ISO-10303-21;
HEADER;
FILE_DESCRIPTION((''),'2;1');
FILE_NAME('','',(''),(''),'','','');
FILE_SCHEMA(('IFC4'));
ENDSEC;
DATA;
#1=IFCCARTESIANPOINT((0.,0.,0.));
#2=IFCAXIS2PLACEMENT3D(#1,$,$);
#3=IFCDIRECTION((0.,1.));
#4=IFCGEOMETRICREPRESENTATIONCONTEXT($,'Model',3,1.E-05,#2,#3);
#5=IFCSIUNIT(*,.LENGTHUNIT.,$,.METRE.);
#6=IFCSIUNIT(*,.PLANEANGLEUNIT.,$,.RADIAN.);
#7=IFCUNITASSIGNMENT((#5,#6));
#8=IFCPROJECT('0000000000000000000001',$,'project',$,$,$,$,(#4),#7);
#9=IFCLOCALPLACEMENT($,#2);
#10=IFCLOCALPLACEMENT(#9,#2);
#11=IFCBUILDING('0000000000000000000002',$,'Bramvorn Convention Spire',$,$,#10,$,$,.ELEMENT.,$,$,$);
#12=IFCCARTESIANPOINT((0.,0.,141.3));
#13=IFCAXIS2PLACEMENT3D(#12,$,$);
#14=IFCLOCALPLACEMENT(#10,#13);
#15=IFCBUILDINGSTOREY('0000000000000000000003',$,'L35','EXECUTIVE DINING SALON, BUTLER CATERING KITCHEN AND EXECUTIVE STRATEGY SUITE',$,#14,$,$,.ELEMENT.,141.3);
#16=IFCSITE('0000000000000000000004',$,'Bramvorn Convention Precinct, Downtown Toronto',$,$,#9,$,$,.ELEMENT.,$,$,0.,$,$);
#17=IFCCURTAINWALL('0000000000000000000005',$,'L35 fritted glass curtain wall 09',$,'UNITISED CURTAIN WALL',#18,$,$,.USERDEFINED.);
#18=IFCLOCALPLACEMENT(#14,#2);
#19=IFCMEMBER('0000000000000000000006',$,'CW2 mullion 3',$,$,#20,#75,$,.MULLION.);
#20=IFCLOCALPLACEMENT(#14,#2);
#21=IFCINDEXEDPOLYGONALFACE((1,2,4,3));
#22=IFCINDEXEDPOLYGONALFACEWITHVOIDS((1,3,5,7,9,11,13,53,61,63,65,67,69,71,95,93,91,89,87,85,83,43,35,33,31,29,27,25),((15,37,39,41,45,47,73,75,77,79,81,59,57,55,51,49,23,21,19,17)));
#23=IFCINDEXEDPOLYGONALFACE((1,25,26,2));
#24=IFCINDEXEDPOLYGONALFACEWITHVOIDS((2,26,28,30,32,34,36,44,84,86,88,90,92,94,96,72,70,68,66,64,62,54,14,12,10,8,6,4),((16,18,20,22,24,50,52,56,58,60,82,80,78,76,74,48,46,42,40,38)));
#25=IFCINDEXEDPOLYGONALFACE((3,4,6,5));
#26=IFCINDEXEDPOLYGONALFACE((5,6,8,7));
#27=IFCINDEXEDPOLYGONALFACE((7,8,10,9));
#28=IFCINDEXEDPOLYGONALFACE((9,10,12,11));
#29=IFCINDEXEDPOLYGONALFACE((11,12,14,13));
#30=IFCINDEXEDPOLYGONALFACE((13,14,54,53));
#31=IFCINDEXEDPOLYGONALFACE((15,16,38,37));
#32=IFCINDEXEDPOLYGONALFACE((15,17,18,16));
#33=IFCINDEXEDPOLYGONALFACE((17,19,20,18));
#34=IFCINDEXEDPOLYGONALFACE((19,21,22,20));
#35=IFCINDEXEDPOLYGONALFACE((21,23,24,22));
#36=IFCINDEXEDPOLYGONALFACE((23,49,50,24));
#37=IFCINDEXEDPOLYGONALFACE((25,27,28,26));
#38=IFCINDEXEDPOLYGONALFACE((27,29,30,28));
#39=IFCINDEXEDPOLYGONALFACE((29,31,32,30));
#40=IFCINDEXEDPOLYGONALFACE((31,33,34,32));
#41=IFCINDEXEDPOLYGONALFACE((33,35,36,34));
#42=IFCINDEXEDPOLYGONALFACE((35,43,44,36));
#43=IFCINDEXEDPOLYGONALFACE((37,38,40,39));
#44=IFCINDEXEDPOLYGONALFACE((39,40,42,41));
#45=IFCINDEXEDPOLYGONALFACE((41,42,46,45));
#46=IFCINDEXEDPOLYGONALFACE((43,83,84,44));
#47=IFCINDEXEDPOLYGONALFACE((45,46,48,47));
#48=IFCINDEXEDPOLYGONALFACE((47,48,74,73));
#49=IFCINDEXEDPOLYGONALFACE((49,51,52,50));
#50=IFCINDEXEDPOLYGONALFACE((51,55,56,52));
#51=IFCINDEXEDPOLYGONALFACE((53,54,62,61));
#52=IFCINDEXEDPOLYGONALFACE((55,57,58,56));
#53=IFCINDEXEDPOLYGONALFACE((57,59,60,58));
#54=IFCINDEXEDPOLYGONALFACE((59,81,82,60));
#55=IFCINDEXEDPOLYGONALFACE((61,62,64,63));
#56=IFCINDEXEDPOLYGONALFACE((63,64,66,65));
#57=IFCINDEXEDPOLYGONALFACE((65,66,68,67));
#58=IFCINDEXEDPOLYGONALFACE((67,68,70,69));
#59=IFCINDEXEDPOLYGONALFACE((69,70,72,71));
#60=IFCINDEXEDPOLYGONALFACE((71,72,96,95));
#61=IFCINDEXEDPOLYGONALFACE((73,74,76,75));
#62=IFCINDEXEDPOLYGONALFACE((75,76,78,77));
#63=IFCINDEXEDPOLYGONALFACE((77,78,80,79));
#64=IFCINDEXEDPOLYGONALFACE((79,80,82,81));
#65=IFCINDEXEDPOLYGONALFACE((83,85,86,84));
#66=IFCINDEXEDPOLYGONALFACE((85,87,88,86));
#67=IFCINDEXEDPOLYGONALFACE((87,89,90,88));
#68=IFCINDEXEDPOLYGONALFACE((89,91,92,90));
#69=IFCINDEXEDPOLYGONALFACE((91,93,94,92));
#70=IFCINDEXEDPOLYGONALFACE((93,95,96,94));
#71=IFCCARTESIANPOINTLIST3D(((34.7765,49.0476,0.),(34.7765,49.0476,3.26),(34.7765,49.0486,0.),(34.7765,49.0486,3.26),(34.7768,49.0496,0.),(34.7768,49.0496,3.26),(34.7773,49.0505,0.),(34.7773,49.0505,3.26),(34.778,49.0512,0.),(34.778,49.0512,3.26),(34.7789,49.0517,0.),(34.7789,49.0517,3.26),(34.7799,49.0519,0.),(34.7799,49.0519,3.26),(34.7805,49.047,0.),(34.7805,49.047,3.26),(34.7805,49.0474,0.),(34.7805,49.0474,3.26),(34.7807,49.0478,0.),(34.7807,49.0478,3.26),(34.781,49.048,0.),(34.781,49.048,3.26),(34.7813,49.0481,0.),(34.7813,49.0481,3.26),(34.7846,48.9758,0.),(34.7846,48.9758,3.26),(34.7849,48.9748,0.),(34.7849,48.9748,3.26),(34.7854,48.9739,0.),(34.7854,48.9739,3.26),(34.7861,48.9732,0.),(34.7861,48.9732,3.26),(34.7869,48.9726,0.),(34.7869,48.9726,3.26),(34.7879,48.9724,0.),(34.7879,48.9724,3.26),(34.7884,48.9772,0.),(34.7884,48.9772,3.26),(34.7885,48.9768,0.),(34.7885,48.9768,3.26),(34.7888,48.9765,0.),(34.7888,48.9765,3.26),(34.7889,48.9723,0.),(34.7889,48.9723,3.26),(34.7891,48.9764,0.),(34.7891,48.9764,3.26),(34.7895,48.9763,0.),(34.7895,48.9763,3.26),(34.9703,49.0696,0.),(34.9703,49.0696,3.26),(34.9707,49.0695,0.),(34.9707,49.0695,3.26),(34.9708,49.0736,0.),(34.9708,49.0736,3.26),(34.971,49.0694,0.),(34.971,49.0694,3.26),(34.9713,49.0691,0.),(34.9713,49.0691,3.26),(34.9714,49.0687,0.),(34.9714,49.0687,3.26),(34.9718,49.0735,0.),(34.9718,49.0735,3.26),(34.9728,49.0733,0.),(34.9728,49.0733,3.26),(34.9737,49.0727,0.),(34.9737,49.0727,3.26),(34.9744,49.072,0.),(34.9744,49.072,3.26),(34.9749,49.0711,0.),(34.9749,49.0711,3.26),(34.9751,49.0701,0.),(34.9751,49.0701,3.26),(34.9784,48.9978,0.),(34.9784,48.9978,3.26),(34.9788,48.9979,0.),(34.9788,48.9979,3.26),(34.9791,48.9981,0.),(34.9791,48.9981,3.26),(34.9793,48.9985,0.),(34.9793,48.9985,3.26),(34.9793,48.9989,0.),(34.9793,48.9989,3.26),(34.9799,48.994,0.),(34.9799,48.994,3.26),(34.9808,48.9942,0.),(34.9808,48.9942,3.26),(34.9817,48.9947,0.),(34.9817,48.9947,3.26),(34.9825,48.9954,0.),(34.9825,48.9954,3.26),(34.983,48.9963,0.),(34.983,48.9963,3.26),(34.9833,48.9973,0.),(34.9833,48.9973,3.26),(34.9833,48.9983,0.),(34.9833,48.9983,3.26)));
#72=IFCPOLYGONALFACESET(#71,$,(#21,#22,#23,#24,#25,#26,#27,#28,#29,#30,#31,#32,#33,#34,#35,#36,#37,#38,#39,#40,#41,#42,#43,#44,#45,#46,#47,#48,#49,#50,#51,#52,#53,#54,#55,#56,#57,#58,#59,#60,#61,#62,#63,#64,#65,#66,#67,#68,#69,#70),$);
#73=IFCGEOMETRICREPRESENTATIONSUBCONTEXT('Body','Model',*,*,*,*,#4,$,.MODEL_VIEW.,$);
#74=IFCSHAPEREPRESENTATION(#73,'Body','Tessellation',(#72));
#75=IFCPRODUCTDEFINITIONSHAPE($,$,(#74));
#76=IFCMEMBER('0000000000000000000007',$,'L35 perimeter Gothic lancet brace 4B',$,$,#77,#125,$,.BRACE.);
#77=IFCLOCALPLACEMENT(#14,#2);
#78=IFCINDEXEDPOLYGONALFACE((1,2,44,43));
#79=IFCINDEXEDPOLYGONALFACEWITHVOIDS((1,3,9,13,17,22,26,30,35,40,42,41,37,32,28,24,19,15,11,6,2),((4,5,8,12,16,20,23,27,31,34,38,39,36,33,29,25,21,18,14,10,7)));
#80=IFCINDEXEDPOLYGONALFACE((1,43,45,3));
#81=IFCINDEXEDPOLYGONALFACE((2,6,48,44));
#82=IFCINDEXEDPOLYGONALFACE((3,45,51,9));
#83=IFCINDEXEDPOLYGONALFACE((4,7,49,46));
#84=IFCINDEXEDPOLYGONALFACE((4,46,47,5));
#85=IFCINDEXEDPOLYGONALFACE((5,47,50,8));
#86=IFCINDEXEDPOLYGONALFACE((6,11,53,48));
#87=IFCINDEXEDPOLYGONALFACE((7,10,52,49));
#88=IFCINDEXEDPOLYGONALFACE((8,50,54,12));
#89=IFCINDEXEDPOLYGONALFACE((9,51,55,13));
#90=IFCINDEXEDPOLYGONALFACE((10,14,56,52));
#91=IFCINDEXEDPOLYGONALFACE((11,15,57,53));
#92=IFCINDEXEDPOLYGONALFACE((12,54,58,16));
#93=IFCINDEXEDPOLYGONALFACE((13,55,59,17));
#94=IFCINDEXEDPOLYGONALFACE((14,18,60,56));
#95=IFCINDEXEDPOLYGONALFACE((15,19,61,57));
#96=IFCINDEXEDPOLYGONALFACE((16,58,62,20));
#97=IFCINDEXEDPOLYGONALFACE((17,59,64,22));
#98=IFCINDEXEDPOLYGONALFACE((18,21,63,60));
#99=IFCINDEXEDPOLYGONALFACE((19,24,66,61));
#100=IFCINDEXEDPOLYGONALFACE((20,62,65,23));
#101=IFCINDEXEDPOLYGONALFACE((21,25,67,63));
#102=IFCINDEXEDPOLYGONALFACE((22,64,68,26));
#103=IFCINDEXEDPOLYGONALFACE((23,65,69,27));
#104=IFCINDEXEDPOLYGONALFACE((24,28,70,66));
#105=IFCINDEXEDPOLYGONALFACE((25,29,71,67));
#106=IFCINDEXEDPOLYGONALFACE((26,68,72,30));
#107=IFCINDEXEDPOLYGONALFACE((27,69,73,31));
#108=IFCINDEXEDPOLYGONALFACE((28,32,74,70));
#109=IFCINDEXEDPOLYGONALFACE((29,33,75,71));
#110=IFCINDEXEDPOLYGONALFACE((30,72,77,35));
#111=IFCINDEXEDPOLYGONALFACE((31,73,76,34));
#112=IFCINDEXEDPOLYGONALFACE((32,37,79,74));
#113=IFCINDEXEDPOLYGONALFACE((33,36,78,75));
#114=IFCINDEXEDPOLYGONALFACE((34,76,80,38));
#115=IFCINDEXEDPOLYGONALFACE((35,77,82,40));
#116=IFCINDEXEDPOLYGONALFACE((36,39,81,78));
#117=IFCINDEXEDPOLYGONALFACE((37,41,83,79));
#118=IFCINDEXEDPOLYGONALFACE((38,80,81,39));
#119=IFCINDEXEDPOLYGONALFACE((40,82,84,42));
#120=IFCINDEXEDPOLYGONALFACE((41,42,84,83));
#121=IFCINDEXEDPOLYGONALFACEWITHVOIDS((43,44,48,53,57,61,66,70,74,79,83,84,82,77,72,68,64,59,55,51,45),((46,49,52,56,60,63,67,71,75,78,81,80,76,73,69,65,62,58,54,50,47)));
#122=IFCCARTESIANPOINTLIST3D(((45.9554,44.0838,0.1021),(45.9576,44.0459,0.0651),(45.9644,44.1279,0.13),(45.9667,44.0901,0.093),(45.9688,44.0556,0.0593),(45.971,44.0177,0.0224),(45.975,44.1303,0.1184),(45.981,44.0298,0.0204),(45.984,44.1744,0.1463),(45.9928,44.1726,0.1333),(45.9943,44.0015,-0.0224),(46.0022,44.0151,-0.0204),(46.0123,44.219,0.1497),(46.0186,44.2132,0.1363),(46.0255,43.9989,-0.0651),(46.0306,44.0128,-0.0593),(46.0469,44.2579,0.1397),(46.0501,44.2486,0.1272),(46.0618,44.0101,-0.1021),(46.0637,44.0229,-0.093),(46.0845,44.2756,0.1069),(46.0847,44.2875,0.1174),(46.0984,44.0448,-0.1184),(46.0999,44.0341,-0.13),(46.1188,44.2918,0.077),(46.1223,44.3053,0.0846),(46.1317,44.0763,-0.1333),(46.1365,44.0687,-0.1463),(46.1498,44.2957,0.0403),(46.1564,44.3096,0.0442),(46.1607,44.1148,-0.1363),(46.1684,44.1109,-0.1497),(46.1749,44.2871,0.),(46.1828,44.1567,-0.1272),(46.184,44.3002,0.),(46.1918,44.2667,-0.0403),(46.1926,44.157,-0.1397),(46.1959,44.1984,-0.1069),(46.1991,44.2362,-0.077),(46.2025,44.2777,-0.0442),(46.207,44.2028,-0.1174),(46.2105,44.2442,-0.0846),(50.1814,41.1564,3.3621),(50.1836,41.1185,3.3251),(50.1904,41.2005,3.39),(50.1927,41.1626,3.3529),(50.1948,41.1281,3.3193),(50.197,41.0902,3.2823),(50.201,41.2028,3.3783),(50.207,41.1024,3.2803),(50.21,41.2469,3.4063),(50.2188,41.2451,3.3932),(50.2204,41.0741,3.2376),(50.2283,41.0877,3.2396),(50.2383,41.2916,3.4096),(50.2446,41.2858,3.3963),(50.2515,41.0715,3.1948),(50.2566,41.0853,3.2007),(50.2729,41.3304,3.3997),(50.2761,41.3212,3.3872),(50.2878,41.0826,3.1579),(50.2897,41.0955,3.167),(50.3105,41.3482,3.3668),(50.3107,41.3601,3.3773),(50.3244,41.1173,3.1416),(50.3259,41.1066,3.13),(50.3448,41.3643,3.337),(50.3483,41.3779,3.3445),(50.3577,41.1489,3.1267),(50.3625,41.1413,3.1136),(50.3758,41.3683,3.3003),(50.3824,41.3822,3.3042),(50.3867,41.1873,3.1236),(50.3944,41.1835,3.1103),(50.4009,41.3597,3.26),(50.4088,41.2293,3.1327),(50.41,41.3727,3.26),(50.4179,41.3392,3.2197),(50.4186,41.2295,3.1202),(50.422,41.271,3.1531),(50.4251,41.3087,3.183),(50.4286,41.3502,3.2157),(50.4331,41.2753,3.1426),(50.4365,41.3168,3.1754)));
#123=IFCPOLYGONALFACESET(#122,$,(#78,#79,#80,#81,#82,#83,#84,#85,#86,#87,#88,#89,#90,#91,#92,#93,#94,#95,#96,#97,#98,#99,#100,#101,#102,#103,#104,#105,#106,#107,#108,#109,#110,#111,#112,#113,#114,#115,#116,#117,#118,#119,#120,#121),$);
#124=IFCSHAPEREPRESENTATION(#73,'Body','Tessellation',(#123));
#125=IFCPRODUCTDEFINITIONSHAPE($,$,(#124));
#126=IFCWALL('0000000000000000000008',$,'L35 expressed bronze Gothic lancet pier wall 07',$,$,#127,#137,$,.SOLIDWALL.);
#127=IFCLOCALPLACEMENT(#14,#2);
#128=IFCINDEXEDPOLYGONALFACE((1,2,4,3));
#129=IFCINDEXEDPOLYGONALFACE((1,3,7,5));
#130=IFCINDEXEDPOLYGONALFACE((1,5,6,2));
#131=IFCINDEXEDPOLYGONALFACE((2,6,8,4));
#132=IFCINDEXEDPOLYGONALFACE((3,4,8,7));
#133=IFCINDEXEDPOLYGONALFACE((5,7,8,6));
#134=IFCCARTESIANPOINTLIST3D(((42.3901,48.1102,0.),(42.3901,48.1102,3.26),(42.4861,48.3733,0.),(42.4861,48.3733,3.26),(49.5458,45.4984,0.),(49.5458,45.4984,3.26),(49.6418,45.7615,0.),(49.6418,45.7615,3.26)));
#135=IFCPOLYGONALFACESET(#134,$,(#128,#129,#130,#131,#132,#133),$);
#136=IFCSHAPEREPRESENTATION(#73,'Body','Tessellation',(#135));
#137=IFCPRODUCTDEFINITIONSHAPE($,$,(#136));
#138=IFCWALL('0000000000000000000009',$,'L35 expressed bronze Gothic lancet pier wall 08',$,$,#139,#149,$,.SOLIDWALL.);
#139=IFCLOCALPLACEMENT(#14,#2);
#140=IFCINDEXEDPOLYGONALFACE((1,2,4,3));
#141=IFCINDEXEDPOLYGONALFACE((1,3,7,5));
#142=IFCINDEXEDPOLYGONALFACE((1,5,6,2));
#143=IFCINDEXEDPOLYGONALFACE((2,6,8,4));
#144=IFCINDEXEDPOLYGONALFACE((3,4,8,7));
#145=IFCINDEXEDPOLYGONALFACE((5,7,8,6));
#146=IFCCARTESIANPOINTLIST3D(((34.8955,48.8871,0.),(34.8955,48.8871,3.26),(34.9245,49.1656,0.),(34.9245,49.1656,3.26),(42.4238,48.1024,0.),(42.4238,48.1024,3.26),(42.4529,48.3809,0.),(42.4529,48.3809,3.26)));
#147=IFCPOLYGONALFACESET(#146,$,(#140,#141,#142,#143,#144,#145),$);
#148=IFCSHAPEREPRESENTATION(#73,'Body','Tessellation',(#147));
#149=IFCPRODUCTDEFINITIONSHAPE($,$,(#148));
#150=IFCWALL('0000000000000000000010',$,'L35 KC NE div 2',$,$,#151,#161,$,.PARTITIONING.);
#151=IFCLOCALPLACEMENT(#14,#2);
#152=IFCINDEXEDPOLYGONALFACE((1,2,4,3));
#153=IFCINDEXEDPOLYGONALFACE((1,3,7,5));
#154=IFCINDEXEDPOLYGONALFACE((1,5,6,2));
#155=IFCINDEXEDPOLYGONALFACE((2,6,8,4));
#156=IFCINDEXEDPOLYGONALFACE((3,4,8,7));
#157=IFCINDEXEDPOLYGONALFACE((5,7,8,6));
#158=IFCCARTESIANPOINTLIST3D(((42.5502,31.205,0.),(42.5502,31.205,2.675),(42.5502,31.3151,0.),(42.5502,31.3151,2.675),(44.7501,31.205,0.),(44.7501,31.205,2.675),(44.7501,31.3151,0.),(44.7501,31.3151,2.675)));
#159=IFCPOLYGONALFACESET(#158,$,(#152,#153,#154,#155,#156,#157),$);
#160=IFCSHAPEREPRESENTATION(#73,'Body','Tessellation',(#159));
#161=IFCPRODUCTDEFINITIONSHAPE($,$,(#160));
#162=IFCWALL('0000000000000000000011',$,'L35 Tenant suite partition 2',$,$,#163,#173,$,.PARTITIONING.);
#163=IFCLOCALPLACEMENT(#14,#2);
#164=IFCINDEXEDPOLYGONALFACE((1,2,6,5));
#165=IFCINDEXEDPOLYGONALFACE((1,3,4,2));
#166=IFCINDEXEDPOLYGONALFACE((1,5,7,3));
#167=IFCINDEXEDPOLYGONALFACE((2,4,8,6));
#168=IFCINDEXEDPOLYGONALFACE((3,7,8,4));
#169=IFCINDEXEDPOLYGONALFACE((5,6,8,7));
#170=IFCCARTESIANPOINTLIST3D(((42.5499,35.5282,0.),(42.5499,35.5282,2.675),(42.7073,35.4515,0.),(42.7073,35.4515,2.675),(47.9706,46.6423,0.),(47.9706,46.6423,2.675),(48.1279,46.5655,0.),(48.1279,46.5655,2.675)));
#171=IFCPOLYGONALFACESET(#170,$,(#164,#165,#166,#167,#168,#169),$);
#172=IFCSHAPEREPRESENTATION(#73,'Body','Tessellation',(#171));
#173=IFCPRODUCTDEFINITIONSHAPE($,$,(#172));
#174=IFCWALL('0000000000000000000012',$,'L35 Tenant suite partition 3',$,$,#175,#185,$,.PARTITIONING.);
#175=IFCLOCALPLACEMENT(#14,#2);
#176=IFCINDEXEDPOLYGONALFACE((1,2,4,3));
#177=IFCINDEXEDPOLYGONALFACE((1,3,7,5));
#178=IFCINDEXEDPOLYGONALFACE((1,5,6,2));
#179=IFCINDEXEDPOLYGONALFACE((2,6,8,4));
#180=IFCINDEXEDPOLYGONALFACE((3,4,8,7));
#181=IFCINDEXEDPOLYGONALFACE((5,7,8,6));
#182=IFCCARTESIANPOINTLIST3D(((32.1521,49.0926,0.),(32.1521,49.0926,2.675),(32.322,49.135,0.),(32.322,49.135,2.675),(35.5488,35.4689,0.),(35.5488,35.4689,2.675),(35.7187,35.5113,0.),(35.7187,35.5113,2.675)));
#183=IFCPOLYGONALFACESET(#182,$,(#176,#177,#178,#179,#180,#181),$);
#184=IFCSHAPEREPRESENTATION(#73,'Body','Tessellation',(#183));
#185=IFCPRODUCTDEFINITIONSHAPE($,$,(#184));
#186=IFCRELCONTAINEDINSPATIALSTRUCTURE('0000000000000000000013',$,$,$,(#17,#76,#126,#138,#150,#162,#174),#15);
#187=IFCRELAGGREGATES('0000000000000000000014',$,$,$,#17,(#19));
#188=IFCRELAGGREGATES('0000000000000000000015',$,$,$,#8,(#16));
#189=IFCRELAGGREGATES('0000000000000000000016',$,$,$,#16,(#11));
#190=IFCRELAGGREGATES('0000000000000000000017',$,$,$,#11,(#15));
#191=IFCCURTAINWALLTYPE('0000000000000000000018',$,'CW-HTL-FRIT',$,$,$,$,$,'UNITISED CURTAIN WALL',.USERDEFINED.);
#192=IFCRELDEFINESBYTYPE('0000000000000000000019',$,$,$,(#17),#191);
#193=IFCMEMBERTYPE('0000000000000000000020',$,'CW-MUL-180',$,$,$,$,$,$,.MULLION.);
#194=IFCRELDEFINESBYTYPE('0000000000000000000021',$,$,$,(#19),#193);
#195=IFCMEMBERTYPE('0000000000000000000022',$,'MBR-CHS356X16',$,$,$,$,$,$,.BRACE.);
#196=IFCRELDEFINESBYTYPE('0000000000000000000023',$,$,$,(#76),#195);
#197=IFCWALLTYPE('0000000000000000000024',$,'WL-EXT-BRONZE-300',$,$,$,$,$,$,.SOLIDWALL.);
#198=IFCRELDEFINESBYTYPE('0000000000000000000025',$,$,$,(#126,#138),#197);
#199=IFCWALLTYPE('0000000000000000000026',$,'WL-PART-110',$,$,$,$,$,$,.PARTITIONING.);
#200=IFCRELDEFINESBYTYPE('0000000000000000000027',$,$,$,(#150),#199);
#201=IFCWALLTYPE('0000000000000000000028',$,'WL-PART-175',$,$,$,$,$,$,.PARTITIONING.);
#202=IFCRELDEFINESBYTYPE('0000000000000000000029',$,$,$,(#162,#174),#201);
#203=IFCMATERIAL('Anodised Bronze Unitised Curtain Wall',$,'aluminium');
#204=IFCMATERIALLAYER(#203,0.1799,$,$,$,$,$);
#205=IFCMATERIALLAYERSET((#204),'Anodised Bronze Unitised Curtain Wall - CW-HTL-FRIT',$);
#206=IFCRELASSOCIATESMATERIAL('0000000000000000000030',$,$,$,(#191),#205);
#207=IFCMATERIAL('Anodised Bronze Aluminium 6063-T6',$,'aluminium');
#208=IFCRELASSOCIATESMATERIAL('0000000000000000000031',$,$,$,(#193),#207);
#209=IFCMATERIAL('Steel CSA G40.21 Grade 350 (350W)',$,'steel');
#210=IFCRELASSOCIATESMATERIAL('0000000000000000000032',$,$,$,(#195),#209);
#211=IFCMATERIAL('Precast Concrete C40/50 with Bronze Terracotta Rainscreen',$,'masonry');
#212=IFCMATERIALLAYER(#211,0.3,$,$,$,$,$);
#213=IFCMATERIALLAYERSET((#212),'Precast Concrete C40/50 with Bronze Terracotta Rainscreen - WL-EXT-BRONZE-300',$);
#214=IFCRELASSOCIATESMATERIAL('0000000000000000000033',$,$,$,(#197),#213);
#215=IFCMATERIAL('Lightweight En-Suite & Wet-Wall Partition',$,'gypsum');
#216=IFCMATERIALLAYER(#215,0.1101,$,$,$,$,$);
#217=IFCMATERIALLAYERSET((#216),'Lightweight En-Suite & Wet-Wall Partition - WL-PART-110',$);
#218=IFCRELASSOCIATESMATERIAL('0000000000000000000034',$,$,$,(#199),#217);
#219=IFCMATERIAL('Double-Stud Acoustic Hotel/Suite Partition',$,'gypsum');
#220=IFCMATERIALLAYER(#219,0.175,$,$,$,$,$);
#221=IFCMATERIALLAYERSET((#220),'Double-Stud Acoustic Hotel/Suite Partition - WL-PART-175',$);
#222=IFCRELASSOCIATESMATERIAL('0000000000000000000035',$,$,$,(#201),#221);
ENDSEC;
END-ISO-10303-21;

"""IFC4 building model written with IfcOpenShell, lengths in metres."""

from ifc_helpers import new_model, si_unit, direction, frame, frame_2d, origin, origin_2d, place, context, subcontext, project, spatial, rectangle, hollow_rectangle, hollow_circle, extrude, material, layer, layer_set, material_profile, profile_set, type_object, element, aggregate, save


model = new_model("IFC4")

# Units and contexts
model_context = context("Model", 3, precision=1e-05, world=origin(), true_north=direction((0.0, 1.0)))
body_context = subcontext(model_context, "Body", "Model", "MODEL_VIEW")
ifc_project = project(units=[si_unit("LENGTHUNIT", "METRE"), si_unit("PLANEANGLEUNIT", "RADIAN")], contexts=[model_context])

# Site, building, storey
site_placement = place(None, origin())
site = spatial("IfcSite", under=ifc_project, at=site_placement, Name="Bramvorn Convention Precinct, Downtown Toronto", CompositionType="ELEMENT", RefElevation=0.0)
building_placement = place(site_placement, origin())
building = spatial("IfcBuilding", under=site, at=building_placement, Name="Bramvorn Convention Spire", CompositionType="ELEMENT")
storey_placement = place(building_placement, frame((0.0, 0.0, 141.3)))
storey = spatial("IfcBuildingStorey", under=building, at=storey_placement, Name="L35", Description="EXECUTIVE DINING SALON, BUTLER CATERING KITCHEN AND EXECUTIVE STRATEGY SUITE", CompositionType="ELEMENT", Elevation=141.3)

# Shared definitions
ifc_material_1 = material(Name="Steel CSA G40.21 Grade 350 (350W)", Category="steel")

# Curtain wall, member
ifc_material_2 = material(Name="Anodised Bronze Unitised Curtain Wall", Category="aluminium")
ifc_layer_1 = layer(ifc_material_2, 0.1799)
ifc_layer_set_1 = layer_set([ifc_layer_1], Name="Anodised Bronze Unitised Curtain Wall - CW-HTL-FRIT")
curtain_wall_type = type_object("IfcCurtainWallType", Name="CW-HTL-FRIT", ElementType="UNITISED CURTAIN WALL", PredefinedType="USERDEFINED", material=ifc_layer_set_1)
curtain_wall_placement = place(storey_placement, origin())
curtain_wall = element("IfcCurtainWall", 1, at=curtain_wall_placement, inside=storey, type_object=curtain_wall_type, Name="L35 fritted glass curtain wall 09", ObjectType="UNITISED CURTAIN WALL", PredefinedType="USERDEFINED")
ifc_material_3 = material(Name="Anodised Bronze Aluminium 6063-T6", Category="aluminium")
ifc_material_profile_1 = material_profile(ifc_material_3, hollow_rectangle(XDim=0.0801, YDim=0.2, WallThickness=0.0039, InnerFilletRadius=0.001, OuterFilletRadius=0.0039, at=origin_2d()))
ifc_profile_set_1 = profile_set([ifc_material_profile_1], Name="Anodised Bronze Aluminium 6063-T6 - CWM80X200")
member_type_1 = type_object("IfcMemberType", Name="CW-MUL-180", PredefinedType="MULLION", material=ifc_profile_set_1)
member_1_placement = place(storey_placement, frame((34.8799, 49.0229, 0.0), z_axis=(0.0, 0.0, 1.0), x_axis=(-0.11277, 0.993621, 0.0)))
member_1 = element("IfcMember", 2, at=member_1_placement, type_object=member_type_1, Name="CW2 mullion 3", PredefinedType="MULLION", context=body_context, shape_type="SweptSolid", body=[
    extrude(hollow_rectangle(XDim=0.0801, YDim=0.2, WallThickness=0.0039, InnerFilletRadius=0.001, OuterFilletRadius=0.0039, at=origin_2d()), origin(), (0.0, 0.0, 1.0), 3.26),
])
aggregate(curtain_wall, [member_1])

# Member
ifc_material_profile_2 = material_profile(ifc_material_1, hollow_circle(Radius=0.1777, WallThickness=0.0159, at=origin_2d()))
ifc_profile_set_2 = profile_set([ifc_material_profile_2], Name="Steel CSA G40.21 Grade 350 (350W) - CHS356X16")
member_type_2 = type_object("IfcMemberType", Name="MBR-CHS356X16", PredefinedType="BRACE", material=ifc_profile_set_2)
member_2_placement = place(storey_placement, frame((46.0828, 44.1541, 0.0), z_axis=(0.694222, -0.480902, 0.535526), x_axis=(0.56944, 0.822033, 0.0)))
element("IfcMember", 3, at=member_2_placement, inside=storey, type_object=member_type_2, Name="L35 perimeter Gothic lancet brace 4B", PredefinedType="BRACE", context=body_context, shape_type="SweptSolid", body=[
    extrude(hollow_circle(Radius=0.1777, WallThickness=0.0159, at=origin_2d()), origin(), (0.0, 0.0, 1.0), 6.0874),
])

# Walls
ifc_material_4 = material(Name="Precast Concrete C40/50 with Bronze Terracotta Rainscreen", Category="masonry")
ifc_layer_2 = layer(ifc_material_4, 0.3)
ifc_layer_set_2 = layer_set([ifc_layer_2], Name="Precast Concrete C40/50 with Bronze Terracotta Rainscreen - WL-EXT-BRONZE-300")
wall_type_1 = type_object("IfcWallType", Name="WL-EXT-BRONZE-300", PredefinedType="SOLIDWALL", material=ifc_layer_set_2)
wall_1_placement = place(storey_placement, frame((42.4382, 48.2417, 0.0), z_axis=(0.0, 0.0, 1.0), x_axis=(0.939383, -0.34287, 0.0)))
element("IfcWall", 4, at=wall_1_placement, inside=storey, type_object=wall_type_1, Name="L35 expressed bronze Gothic lancet pier wall 07", PredefinedType="SOLIDWALL", context=body_context, shape_type="SweptSolid", body=[
    extrude(rectangle(XDim=7.6174, YDim=0.28, at=frame_2d((3.8086, 0.0))), origin(), (0.0, 0.0, 1.0), 3.26),
])
wall_2_placement = place(storey_placement, frame((34.9099, 49.0264, 0.0), z_axis=(0.0, 0.0, 1.0), x_axis=(0.994612, -0.103667, 0.0)))
element("IfcWall", 5, at=wall_2_placement, inside=storey, type_object=wall_type_1, Name="L35 expressed bronze Gothic lancet pier wall 08", PredefinedType="SOLIDWALL", context=body_context, shape_type="SweptSolid", body=[
    extrude(rectangle(XDim=7.5691, YDim=0.28, at=frame_2d((3.7847, 0.0))), origin(), (0.0, 0.0, 1.0), 3.26),
])
ifc_material_5 = material(Name="Lightweight En-Suite & Wet-Wall Partition", Category="gypsum")
ifc_layer_3 = layer(ifc_material_5, 0.1101)
ifc_layer_set_3 = layer_set([ifc_layer_3], Name="Lightweight En-Suite & Wet-Wall Partition - WL-PART-110")
wall_type_2 = type_object("IfcWallType", Name="WL-PART-110", PredefinedType="PARTITIONING", material=ifc_layer_set_3)
wall_3_placement = place(storey_placement, frame((42.55, 31.26, 0.0), z_axis=(0.0, 0.0, 1.0), x_axis=(1.0, 0.0, 0.0)))
element("IfcWall", 6, at=wall_3_placement, inside=storey, type_object=wall_type_2, Name="L35 KC NE div 2", PredefinedType="PARTITIONING", context=body_context, shape_type="SweptSolid", body=[
    extrude(rectangle(XDim=2.2, YDim=0.1101, at=frame_2d((1.1001, 0.0))), origin(), (0.0, 0.0, 1.0), 2.675),
])
ifc_material_6 = material(Name="Double-Stud Acoustic Hotel/Suite Partition", Category="gypsum")
ifc_layer_4 = layer(ifc_material_6, 0.175)
ifc_layer_set_4 = layer_set([ifc_layer_4], Name="Double-Stud Acoustic Hotel/Suite Partition - WL-PART-175")
wall_type_3 = type_object("IfcWallType", Name="WL-PART-175", PredefinedType="PARTITIONING", material=ifc_layer_set_4)
wall_4_placement = place(storey_placement, frame((42.6287, 35.49, 0.0), z_axis=(0.0, 0.0, 1.0), x_axis=(0.43837, 0.898794, 0.0)))
element("IfcWall", 7, at=wall_4_placement, inside=storey, type_object=wall_type_3, Name="L35 Tenant suite partition 2", PredefinedType="PARTITIONING", context=body_context, shape_type="SweptSolid", body=[
    extrude(rectangle(XDim=12.3655, YDim=0.175, at=frame_2d((6.1826, 0.0))), origin(), (0.0, 0.0, 1.0), 2.675),
])
wall_5_placement = place(storey_placement, frame((35.6338, 35.49, 0.0), z_axis=(0.0, 0.0, 1.0), x_axis=(-0.241918, 0.970297, 0.0)))
element("IfcWall", 8, at=wall_5_placement, inside=storey, type_object=wall_type_3, Name="L35 Tenant suite partition 3", PredefinedType="PARTITIONING", context=body_context, shape_type="SweptSolid", body=[
    extrude(rectangle(XDim=14.0408, YDim=0.175, at=frame_2d((7.0205, 0.0))), origin(), (0.0, 0.0, 1.0), 2.675),
])

save(model, "model.ifc")
